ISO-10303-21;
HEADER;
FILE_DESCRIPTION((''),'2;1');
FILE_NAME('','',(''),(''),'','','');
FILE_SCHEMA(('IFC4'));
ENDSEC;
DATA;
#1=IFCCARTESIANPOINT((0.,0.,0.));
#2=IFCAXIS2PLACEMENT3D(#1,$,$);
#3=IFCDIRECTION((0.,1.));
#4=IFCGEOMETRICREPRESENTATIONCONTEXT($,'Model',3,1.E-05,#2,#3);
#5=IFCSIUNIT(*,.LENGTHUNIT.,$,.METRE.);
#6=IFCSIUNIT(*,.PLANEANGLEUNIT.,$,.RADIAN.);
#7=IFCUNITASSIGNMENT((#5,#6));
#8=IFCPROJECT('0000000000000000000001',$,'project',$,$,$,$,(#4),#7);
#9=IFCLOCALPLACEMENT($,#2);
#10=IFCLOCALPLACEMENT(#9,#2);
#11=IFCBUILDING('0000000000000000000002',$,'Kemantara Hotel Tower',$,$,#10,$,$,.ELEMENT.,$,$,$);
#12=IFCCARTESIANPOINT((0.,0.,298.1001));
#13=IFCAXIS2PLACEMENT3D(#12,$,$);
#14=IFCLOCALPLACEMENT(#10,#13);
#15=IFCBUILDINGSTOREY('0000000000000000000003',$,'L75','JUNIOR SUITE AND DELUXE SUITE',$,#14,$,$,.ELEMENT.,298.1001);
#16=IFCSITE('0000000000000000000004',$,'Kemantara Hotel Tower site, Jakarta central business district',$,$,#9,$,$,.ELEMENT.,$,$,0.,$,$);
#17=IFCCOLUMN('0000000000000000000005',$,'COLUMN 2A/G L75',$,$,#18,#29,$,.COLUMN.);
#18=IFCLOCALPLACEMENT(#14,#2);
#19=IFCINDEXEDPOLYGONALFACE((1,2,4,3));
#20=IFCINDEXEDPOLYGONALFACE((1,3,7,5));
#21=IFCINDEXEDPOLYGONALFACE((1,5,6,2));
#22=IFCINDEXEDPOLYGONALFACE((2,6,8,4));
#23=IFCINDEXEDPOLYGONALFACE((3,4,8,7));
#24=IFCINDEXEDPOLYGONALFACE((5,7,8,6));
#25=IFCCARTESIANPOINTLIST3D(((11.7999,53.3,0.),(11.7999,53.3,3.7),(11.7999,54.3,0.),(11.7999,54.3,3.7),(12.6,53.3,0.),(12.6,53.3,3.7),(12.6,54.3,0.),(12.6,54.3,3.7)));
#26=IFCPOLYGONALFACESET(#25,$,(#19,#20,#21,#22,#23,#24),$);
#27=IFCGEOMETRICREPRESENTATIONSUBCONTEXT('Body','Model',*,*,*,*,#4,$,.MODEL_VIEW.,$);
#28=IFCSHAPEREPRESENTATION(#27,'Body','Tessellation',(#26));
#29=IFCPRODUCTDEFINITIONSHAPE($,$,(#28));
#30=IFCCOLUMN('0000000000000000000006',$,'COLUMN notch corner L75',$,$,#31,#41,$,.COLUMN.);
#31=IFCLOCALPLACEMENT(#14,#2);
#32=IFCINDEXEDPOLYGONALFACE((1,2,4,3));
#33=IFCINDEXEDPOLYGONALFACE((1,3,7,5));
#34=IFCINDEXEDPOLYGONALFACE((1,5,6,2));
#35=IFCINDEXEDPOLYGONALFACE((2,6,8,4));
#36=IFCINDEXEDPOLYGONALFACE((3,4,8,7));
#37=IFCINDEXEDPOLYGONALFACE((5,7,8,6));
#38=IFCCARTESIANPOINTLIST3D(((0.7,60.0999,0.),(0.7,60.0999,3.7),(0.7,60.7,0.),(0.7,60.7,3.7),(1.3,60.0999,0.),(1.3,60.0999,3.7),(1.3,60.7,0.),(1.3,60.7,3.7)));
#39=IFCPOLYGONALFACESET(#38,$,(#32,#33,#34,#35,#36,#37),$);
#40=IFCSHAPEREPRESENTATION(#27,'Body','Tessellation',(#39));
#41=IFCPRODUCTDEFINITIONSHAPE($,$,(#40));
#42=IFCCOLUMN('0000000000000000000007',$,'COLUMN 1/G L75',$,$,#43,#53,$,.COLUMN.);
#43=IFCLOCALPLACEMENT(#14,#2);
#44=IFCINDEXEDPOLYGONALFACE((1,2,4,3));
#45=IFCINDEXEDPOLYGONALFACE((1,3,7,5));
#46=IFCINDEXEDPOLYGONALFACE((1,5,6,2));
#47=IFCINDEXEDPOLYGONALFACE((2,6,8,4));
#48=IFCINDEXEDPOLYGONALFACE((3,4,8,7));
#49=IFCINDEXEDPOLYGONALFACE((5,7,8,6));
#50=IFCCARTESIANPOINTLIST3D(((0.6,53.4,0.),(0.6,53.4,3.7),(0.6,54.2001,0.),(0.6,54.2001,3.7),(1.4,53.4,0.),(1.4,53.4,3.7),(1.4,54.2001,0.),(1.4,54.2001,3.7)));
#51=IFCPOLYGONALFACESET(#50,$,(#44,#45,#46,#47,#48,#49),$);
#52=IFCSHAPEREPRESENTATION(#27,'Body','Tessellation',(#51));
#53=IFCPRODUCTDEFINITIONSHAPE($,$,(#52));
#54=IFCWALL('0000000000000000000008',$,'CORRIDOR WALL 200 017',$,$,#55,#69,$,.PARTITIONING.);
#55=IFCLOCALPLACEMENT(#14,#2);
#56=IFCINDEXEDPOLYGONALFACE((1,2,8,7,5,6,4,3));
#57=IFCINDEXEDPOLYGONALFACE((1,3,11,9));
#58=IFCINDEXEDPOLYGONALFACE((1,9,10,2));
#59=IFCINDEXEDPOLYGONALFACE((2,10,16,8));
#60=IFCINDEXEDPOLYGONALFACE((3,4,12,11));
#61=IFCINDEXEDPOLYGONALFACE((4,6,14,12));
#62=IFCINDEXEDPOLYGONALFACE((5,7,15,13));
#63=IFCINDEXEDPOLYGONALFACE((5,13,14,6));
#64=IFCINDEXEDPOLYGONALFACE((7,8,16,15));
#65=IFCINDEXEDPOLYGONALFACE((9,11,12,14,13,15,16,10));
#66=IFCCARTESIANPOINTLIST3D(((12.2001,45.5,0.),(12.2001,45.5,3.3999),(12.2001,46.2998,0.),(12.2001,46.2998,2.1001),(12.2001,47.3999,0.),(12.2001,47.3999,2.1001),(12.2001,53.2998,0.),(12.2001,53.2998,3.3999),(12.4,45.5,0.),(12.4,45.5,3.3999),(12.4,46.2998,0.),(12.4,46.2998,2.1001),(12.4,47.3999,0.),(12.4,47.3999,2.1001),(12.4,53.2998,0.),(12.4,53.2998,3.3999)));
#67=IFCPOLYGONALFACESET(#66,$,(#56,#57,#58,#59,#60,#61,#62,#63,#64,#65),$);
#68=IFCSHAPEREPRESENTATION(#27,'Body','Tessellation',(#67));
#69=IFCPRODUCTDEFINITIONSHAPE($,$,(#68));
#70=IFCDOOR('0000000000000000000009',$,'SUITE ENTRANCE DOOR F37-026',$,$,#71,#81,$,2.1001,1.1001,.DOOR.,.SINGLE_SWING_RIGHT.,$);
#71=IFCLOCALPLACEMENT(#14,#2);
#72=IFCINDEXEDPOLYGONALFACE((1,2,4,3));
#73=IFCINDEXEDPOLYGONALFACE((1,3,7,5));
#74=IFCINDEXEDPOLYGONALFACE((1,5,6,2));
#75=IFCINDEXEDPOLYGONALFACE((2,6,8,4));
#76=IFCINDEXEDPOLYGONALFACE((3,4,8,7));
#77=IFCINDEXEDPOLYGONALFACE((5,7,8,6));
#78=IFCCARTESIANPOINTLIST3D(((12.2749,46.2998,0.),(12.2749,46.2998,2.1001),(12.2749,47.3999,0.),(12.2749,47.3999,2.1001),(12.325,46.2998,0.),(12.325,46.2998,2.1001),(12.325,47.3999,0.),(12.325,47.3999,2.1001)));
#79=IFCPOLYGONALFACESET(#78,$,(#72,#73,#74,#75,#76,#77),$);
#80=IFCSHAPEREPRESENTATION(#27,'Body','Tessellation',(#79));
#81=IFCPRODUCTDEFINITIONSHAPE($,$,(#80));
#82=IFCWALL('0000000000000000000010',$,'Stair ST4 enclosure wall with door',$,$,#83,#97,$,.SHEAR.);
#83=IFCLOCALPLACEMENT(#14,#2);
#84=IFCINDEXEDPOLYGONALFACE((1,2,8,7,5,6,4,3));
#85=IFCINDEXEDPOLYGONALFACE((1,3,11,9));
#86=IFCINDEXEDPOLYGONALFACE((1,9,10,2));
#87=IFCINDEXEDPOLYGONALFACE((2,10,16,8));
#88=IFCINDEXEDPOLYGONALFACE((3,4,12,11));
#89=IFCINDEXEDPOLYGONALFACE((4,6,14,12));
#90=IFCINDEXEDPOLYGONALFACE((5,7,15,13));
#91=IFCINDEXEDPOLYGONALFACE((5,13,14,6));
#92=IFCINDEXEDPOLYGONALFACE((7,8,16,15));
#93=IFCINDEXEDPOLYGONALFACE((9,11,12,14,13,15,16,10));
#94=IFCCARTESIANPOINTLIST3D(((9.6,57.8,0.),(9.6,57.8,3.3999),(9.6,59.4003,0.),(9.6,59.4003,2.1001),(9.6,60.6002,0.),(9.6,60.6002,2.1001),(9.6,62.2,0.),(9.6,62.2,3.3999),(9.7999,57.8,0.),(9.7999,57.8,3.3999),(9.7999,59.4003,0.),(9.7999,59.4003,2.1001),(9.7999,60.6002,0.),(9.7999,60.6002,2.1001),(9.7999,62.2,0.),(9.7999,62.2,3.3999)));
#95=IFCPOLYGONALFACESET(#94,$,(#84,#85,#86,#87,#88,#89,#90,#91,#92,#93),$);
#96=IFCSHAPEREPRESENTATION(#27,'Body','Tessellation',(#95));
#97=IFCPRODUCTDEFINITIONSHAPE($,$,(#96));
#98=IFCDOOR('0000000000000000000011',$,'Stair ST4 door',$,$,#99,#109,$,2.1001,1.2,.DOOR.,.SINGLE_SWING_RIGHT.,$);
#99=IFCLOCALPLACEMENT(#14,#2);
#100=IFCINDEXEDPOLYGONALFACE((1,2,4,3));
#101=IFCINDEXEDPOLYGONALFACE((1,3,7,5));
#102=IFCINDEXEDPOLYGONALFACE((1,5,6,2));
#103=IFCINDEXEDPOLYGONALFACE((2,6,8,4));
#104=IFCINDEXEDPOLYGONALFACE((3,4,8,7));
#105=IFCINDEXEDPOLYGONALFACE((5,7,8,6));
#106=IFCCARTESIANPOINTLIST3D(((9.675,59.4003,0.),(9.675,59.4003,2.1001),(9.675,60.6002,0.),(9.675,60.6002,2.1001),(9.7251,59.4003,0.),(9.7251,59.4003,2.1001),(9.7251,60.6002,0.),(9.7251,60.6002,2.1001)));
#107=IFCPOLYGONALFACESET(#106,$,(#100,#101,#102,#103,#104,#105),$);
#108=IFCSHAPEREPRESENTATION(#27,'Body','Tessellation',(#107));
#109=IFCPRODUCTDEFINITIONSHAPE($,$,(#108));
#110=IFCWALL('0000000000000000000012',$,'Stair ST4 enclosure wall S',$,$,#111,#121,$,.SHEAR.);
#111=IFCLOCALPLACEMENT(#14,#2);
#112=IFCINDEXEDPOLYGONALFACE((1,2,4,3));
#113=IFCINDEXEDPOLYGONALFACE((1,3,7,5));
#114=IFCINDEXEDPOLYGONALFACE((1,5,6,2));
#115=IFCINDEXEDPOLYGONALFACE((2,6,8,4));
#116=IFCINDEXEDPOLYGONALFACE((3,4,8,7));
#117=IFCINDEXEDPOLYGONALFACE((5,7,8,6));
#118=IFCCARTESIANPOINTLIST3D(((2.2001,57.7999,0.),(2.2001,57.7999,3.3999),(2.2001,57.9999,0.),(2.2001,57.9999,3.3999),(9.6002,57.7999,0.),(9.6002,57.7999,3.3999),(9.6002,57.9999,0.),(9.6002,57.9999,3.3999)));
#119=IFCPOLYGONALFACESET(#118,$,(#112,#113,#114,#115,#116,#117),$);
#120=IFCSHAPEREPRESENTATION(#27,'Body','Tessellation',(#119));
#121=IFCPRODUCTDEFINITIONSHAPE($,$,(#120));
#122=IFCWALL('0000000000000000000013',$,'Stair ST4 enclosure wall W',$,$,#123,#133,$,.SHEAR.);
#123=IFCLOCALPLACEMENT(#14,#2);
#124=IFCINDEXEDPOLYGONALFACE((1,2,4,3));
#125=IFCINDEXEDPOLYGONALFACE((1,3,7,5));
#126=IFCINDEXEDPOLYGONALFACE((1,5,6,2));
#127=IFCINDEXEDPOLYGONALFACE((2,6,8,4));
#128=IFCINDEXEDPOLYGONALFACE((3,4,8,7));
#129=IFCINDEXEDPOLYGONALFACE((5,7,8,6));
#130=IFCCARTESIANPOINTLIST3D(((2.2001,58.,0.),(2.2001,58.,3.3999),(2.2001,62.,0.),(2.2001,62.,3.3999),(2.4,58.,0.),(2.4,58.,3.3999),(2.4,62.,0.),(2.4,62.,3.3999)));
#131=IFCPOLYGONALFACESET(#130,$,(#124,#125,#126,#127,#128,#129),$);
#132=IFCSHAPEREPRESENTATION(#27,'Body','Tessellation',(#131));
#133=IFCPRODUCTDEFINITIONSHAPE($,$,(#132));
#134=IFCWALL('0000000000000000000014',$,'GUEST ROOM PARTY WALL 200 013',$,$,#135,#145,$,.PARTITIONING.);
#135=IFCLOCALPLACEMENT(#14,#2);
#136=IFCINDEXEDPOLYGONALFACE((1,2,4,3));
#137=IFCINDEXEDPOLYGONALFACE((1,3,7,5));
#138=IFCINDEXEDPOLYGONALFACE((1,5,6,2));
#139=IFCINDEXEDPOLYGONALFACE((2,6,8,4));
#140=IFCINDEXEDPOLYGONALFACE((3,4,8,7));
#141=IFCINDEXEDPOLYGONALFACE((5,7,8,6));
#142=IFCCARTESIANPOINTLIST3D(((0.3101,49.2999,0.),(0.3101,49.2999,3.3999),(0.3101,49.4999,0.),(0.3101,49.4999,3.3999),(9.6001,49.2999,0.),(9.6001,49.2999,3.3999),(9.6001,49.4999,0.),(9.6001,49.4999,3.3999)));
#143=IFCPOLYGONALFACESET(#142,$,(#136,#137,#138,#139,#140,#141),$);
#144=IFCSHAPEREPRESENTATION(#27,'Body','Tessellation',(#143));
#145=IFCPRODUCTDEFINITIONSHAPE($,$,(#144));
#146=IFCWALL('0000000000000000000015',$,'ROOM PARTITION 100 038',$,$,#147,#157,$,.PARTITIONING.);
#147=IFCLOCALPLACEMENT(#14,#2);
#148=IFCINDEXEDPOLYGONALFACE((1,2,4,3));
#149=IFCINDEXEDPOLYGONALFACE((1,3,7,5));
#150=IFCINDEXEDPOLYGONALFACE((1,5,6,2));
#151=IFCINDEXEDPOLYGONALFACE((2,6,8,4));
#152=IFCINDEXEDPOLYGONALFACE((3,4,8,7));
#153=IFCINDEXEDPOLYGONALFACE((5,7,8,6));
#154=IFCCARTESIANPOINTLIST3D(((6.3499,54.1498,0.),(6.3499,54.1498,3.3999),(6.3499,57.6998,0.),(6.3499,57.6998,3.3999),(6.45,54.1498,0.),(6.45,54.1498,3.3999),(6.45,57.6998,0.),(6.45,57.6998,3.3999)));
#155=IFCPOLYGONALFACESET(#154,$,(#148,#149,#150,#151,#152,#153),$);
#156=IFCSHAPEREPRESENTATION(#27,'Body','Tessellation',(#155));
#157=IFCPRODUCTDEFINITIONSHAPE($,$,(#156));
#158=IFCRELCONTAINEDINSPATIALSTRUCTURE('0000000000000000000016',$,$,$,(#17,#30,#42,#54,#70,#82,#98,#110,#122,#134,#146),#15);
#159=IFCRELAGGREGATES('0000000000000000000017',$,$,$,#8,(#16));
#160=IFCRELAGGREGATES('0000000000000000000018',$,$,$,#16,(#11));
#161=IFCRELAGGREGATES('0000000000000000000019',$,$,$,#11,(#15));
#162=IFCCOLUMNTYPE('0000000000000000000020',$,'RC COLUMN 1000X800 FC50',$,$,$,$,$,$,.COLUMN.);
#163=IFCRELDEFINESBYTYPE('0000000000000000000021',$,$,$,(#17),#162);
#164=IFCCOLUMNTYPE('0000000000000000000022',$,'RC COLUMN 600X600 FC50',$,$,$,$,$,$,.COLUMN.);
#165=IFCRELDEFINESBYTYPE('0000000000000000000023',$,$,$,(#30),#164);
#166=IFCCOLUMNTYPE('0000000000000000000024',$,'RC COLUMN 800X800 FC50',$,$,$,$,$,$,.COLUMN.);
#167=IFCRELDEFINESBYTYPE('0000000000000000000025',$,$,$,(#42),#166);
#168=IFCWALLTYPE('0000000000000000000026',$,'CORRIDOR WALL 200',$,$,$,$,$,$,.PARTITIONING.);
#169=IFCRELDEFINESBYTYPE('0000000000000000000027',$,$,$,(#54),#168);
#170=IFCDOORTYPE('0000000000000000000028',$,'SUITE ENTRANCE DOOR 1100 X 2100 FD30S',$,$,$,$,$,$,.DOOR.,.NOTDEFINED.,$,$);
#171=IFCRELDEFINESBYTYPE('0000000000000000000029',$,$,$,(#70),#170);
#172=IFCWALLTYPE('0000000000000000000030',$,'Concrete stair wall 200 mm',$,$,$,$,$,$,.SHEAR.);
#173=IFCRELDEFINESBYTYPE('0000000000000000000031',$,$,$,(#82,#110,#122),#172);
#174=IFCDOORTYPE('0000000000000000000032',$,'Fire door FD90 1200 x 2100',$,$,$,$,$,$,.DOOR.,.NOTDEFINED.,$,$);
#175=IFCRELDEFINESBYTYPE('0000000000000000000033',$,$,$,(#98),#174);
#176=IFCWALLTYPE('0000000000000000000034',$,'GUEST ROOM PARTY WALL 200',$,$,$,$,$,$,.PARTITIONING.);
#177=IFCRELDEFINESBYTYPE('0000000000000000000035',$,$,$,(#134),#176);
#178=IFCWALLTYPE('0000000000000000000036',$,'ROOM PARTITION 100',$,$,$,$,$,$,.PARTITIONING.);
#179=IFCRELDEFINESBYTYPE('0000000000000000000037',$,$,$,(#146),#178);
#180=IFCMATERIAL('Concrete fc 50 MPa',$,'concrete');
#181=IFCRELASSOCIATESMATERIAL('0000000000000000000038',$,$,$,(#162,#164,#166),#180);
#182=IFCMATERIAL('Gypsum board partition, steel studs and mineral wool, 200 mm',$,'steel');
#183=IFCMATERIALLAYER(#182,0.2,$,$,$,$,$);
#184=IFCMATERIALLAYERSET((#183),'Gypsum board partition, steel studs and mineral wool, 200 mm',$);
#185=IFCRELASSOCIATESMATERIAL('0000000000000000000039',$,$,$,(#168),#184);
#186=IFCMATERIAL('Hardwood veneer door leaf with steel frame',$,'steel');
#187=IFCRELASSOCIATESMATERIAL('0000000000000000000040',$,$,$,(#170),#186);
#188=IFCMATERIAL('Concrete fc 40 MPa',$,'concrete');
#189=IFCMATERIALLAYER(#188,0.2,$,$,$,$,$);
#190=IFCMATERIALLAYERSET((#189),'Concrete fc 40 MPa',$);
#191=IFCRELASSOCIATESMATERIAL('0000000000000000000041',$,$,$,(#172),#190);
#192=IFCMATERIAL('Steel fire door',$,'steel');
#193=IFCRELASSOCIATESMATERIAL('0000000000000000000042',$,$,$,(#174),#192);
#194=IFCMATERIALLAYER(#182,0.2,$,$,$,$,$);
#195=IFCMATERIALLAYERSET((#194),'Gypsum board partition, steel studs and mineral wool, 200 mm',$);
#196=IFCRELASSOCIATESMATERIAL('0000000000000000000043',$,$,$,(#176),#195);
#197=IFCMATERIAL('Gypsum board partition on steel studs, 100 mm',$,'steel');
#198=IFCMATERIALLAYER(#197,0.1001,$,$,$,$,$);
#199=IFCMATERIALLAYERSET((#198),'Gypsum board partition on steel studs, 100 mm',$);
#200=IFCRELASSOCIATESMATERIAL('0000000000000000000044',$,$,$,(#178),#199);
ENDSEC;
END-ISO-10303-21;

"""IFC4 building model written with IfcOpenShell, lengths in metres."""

from ifc_helpers import new_model, si_unit, direction, frame, frame_2d, origin, origin_2d, place, context, subcontext, project, spatial, rectangle, extrude, material, layer, layer_set, material_profile, profile_set, type_object, element, fill, save


model = new_model("IFC4")

# Units and contexts
model_context = context("Model", 3, precision=1e-05, world=origin(), true_north=direction((0.0, 1.0)))
body_context = subcontext(model_context, "Body", "Model", "MODEL_VIEW")
ifc_project = project(units=[si_unit("LENGTHUNIT", "METRE"), si_unit("PLANEANGLEUNIT", "RADIAN")], contexts=[model_context])

# Site, building, storey
site_placement = place(None, origin())
site = spatial("IfcSite", under=ifc_project, at=site_placement, Name="Kemantara Hotel Tower site, Jakarta central business district", CompositionType="ELEMENT", RefElevation=0.0)
building_placement = place(site_placement, origin())
building = spatial("IfcBuilding", under=site, at=building_placement, Name="Kemantara Hotel Tower", CompositionType="ELEMENT")
storey_placement = place(building_placement, frame((0.0, 0.0, 298.1001)))
storey = spatial("IfcBuildingStorey", under=building, at=storey_placement, Name="L75", Description="JUNIOR SUITE AND DELUXE SUITE", CompositionType="ELEMENT", Elevation=298.1001)

# Columns
ifc_material_1 = material(Name="Concrete fc 50 MPa", Category="concrete")
ifc_material_profile_1 = material_profile(ifc_material_1, rectangle(XDim=1.0, YDim=0.8, at=origin_2d()), Name="RC 1000X800")
ifc_profile_set_1 = profile_set([ifc_material_profile_1], Name="Concrete fc 50 MPa")
column_type_1 = type_object("IfcColumnType", Name="RC COLUMN 1000X800 FC50", PredefinedType="COLUMN", material=ifc_profile_set_1)
column_1_placement = place(storey_placement, frame((12.2, 53.8, 0.0), z_axis=(0.0, 0.0, 1.0), x_axis=(0.0, 1.0, 0.0)))
element("IfcColumn", 1, at=column_1_placement, inside=storey, type_object=column_type_1, Name="COLUMN 2A/G L75", PredefinedType="COLUMN", context=body_context, shape_type="SweptSolid", body=[
    extrude(rectangle(XDim=1.0, YDim=0.8, at=origin_2d()), origin(), (0.0, 0.0, 1.0), 3.7),
])
ifc_material_profile_2 = material_profile(ifc_material_1, rectangle(XDim=0.6001, YDim=0.6001, at=origin_2d()), Name="RC 600X600")
ifc_profile_set_2 = profile_set([ifc_material_profile_2], Name="Concrete fc 50 MPa")
column_type_2 = type_object("IfcColumnType", Name="RC COLUMN 600X600 FC50", PredefinedType="COLUMN", material=ifc_profile_set_2)
column_2_placement = place(storey_placement, frame((1.0, 60.3999, 0.0), z_axis=(0.0, 0.0, 1.0), x_axis=(1.0, 0.0, 0.0)))
element("IfcColumn", 2, at=column_2_placement, inside=storey, type_object=column_type_2, Name="COLUMN notch corner L75", PredefinedType="COLUMN", context=body_context, shape_type="SweptSolid", body=[
    extrude(rectangle(XDim=0.6001, YDim=0.6001, at=origin_2d()), origin(), (0.0, 0.0, 1.0), 3.7),
])
ifc_material_profile_3 = material_profile(ifc_material_1, rectangle(XDim=0.8, YDim=0.8, at=origin_2d()), Name="RC 800X800")
ifc_profile_set_3 = profile_set([ifc_material_profile_3], Name="Concrete fc 50 MPa")
column_type_3 = type_object("IfcColumnType", Name="RC COLUMN 800X800 FC50", PredefinedType="COLUMN", material=ifc_profile_set_3)
column_3_placement = place(storey_placement, frame((1.0, 53.8, 0.0), z_axis=(0.0, 0.0, 1.0), x_axis=(1.0, 0.0, 0.0)))
element("IfcColumn", 3, at=column_3_placement, inside=storey, type_object=column_type_3, Name="COLUMN 1/G L75", PredefinedType="COLUMN", context=body_context, shape_type="SweptSolid", body=[
    extrude(rectangle(XDim=0.8, YDim=0.8, at=origin_2d()), origin(), (0.0, 0.0, 1.0), 3.7),
])

# Walls, openings, doors
ifc_material_2 = material(Name="Gypsum board partition, steel studs and mineral wool, 200 mm", Category="steel")
ifc_layer_1 = layer(ifc_material_2, 0.2)
ifc_layer_set_1 = layer_set([ifc_layer_1], Name="Gypsum board partition, steel studs and mineral wool, 200 mm")
wall_type_1 = type_object("IfcWallType", Name="CORRIDOR WALL 200", PredefinedType="PARTITIONING", material=ifc_layer_set_1)
wall_1_placement = place(storey_placement, frame((12.3, 53.2998, 0.0), z_axis=(0.0, 0.0, 1.0), x_axis=(0.0, -1.0, 0.0)))
wall_1 = element("IfcWall", 4, at=wall_1_placement, inside=storey, type_object=wall_type_1, Name="CORRIDOR WALL 200 017", PredefinedType="PARTITIONING", context=body_context, shape_type="SweptSolid", body=[
    extrude(rectangle(XDim=7.7998, YDim=0.2, at=frame_2d((3.8999, 0.0))), origin(), (0.0, 0.0, 1.0), 3.3999),
])
opening_1_placement = place(wall_1_placement, frame((5.8999, 0.0, 0.0)))
opening_1 = element("IfcOpeningElement", 5, at=opening_1_placement, cuts=wall_1, PredefinedType="OPENING", context=body_context, shape_type="SweptSolid", body=[
    extrude(rectangle(XDim=1.1001, YDim=2.1001, at=frame_2d((0.55, 1.05))), frame((0.0, 0.1099, 0.0), z_axis=(0.0, -1.0, 0.0), x_axis=(1.0, 0.0, 0.0)), (0.0, 0.0, 1.0), 0.22),
])
ifc_material_3 = material(Name="Hardwood veneer door leaf with steel frame", Category="steel")
door_type_1 = type_object("IfcDoorType", Name="SUITE ENTRANCE DOOR 1100 X 2100 FD30S", OperationType="NOTDEFINED", PredefinedType="DOOR", material=ifc_material_3)
door_1_placement = place(opening_1_placement, origin())
door_1 = element("IfcDoor", 6, at=door_1_placement, inside=storey, type_object=door_type_1, Name="SUITE ENTRANCE DOOR F37-026", OperationType="SINGLE_SWING_RIGHT", OverallHeight=2.1001, OverallWidth=1.1001, PredefinedType="DOOR", context=body_context, shape_type="SweptSolid", body=[
    extrude(rectangle(XDim=1.1001, YDim=2.1001, at=frame_2d((0.55, 1.05))), frame((0.0, 0.0249, 0.0), z_axis=(0.0, -1.0, 0.0), x_axis=(1.0, 0.0, 0.0)), (0.0, 0.0, 1.0), 0.05),
])
fill(opening_1, door_1)
ifc_material_4 = material(Name="Concrete fc 40 MPa", Category="concrete")
ifc_layer_2 = layer(ifc_material_4, 0.2)
ifc_layer_set_2 = layer_set([ifc_layer_2], Name="Concrete fc 40 MPa")
wall_type_2 = type_object("IfcWallType", Name="Concrete stair wall 200 mm", PredefinedType="SHEAR", material=ifc_layer_set_2)
wall_2_placement = place(storey_placement, frame((9.7, 57.8, 0.0), z_axis=(0.0, 0.0, 1.0), x_axis=(0.0, 1.0, 0.0)))
wall_2 = element("IfcWall", 7, at=wall_2_placement, inside=storey, type_object=wall_type_2, Name="Stair ST4 enclosure wall with door", PredefinedType="SHEAR", context=body_context, shape_type="SweptSolid", body=[
    extrude(rectangle(XDim=4.3999, YDim=0.2, at=frame_2d((2.2, 0.0))), origin(), (0.0, 0.0, 1.0), 3.3999),
])
opening_2_placement = place(wall_2_placement, frame((1.6001, 0.0, 0.0)))
opening_2 = element("IfcOpeningElement", 8, at=opening_2_placement, cuts=wall_2, PredefinedType="OPENING", context=body_context, shape_type="SweptSolid", body=[
    extrude(rectangle(XDim=1.2, YDim=2.1001, at=frame_2d((0.6001, 1.05))), frame((0.0, 0.1099, 0.0), z_axis=(0.0, -1.0, 0.0), x_axis=(1.0, 0.0, 0.0)), (0.0, 0.0, 1.0), 0.22),
])
ifc_material_5 = material(Name="Steel fire door", Category="steel")
door_type_2 = type_object("IfcDoorType", Name="Fire door FD90 1200 x 2100", OperationType="NOTDEFINED", PredefinedType="DOOR", material=ifc_material_5)
door_2_placement = place(opening_2_placement, origin())
door_2 = element("IfcDoor", 9, at=door_2_placement, inside=storey, type_object=door_type_2, Name="Stair ST4 door", OperationType="SINGLE_SWING_RIGHT", OverallHeight=2.1001, OverallWidth=1.2, PredefinedType="DOOR", context=body_context, shape_type="SweptSolid", body=[
    extrude(rectangle(XDim=1.2, YDim=2.1001, at=frame_2d((0.6001, 1.05))), frame((0.0, 0.0249, 0.0), z_axis=(0.0, -1.0, 0.0), x_axis=(1.0, 0.0, 0.0)), (0.0, 0.0, 1.0), 0.05),
])
fill(opening_2, door_2)

# Walls
wall_3_placement = place(storey_placement, frame((2.2, 57.8999, 0.0), z_axis=(0.0, 0.0, 1.0), x_axis=(1.0, 0.0, 0.0)))
element("IfcWall", 10, at=wall_3_placement, inside=storey, type_object=wall_type_2, Name="Stair ST4 enclosure wall S", PredefinedType="SHEAR", context=body_context, shape_type="SweptSolid", body=[
    extrude(rectangle(XDim=7.4001, YDim=0.2, at=frame_2d((3.7002, 0.0))), origin(), (0.0, 0.0, 1.0), 3.3999),
])
wall_4_placement = place(storey_placement, frame((2.3, 58.0, 0.0), z_axis=(0.0, 0.0, 1.0), x_axis=(0.0, 1.0, 0.0)))
element("IfcWall", 11, at=wall_4_placement, inside=storey, type_object=wall_type_2, Name="Stair ST4 enclosure wall W", PredefinedType="SHEAR", context=body_context, shape_type="SweptSolid", body=[
    extrude(rectangle(XDim=4.0, YDim=0.2, at=frame_2d((2.0, 0.0))), origin(), (0.0, 0.0, 1.0), 3.3999),
])
ifc_layer_3 = layer(ifc_material_2, 0.2)
ifc_layer_set_3 = layer_set([ifc_layer_3], Name="Gypsum board partition, steel studs and mineral wool, 200 mm")
wall_type_3 = type_object("IfcWallType", Name="GUEST ROOM PARTY WALL 200", PredefinedType="PARTITIONING", material=ifc_layer_set_3)
wall_5_placement = place(storey_placement, frame((0.3101, 49.3999, 0.0), z_axis=(0.0, 0.0, 1.0), x_axis=(1.0, 0.0, 0.0)))
element("IfcWall", 12, at=wall_5_placement, inside=storey, type_object=wall_type_3, Name="GUEST ROOM PARTY WALL 200 013", PredefinedType="PARTITIONING", context=body_context, shape_type="SweptSolid", body=[
    extrude(rectangle(XDim=9.29, YDim=0.2, at=frame_2d((4.645, 0.0))), origin(), (0.0, 0.0, 1.0), 3.3999),
])
ifc_material_6 = material(Name="Gypsum board partition on steel studs, 100 mm", Category="steel")
ifc_layer_4 = layer(ifc_material_6, 0.1001)
ifc_layer_set_4 = layer_set([ifc_layer_4], Name="Gypsum board partition on steel studs, 100 mm")
wall_type_4 = type_object("IfcWallType", Name="ROOM PARTITION 100", PredefinedType="PARTITIONING", material=ifc_layer_set_4)
wall_6_placement = place(storey_placement, frame((6.3999, 54.1499, 0.0), z_axis=(0.0, 0.0, 1.0), x_axis=(0.0, 1.0, 0.0)))
element("IfcWall", 13, at=wall_6_placement, inside=storey, type_object=wall_type_4, Name="ROOM PARTITION 100 038", PredefinedType="PARTITIONING", context=body_context, shape_type="SweptSolid", body=[
    extrude(rectangle(XDim=3.55, YDim=0.1001, at=frame_2d((1.7749, 0.0))), origin(), (0.0, 0.0, 1.0), 3.3999),
])

save(model, "model.ifc")
